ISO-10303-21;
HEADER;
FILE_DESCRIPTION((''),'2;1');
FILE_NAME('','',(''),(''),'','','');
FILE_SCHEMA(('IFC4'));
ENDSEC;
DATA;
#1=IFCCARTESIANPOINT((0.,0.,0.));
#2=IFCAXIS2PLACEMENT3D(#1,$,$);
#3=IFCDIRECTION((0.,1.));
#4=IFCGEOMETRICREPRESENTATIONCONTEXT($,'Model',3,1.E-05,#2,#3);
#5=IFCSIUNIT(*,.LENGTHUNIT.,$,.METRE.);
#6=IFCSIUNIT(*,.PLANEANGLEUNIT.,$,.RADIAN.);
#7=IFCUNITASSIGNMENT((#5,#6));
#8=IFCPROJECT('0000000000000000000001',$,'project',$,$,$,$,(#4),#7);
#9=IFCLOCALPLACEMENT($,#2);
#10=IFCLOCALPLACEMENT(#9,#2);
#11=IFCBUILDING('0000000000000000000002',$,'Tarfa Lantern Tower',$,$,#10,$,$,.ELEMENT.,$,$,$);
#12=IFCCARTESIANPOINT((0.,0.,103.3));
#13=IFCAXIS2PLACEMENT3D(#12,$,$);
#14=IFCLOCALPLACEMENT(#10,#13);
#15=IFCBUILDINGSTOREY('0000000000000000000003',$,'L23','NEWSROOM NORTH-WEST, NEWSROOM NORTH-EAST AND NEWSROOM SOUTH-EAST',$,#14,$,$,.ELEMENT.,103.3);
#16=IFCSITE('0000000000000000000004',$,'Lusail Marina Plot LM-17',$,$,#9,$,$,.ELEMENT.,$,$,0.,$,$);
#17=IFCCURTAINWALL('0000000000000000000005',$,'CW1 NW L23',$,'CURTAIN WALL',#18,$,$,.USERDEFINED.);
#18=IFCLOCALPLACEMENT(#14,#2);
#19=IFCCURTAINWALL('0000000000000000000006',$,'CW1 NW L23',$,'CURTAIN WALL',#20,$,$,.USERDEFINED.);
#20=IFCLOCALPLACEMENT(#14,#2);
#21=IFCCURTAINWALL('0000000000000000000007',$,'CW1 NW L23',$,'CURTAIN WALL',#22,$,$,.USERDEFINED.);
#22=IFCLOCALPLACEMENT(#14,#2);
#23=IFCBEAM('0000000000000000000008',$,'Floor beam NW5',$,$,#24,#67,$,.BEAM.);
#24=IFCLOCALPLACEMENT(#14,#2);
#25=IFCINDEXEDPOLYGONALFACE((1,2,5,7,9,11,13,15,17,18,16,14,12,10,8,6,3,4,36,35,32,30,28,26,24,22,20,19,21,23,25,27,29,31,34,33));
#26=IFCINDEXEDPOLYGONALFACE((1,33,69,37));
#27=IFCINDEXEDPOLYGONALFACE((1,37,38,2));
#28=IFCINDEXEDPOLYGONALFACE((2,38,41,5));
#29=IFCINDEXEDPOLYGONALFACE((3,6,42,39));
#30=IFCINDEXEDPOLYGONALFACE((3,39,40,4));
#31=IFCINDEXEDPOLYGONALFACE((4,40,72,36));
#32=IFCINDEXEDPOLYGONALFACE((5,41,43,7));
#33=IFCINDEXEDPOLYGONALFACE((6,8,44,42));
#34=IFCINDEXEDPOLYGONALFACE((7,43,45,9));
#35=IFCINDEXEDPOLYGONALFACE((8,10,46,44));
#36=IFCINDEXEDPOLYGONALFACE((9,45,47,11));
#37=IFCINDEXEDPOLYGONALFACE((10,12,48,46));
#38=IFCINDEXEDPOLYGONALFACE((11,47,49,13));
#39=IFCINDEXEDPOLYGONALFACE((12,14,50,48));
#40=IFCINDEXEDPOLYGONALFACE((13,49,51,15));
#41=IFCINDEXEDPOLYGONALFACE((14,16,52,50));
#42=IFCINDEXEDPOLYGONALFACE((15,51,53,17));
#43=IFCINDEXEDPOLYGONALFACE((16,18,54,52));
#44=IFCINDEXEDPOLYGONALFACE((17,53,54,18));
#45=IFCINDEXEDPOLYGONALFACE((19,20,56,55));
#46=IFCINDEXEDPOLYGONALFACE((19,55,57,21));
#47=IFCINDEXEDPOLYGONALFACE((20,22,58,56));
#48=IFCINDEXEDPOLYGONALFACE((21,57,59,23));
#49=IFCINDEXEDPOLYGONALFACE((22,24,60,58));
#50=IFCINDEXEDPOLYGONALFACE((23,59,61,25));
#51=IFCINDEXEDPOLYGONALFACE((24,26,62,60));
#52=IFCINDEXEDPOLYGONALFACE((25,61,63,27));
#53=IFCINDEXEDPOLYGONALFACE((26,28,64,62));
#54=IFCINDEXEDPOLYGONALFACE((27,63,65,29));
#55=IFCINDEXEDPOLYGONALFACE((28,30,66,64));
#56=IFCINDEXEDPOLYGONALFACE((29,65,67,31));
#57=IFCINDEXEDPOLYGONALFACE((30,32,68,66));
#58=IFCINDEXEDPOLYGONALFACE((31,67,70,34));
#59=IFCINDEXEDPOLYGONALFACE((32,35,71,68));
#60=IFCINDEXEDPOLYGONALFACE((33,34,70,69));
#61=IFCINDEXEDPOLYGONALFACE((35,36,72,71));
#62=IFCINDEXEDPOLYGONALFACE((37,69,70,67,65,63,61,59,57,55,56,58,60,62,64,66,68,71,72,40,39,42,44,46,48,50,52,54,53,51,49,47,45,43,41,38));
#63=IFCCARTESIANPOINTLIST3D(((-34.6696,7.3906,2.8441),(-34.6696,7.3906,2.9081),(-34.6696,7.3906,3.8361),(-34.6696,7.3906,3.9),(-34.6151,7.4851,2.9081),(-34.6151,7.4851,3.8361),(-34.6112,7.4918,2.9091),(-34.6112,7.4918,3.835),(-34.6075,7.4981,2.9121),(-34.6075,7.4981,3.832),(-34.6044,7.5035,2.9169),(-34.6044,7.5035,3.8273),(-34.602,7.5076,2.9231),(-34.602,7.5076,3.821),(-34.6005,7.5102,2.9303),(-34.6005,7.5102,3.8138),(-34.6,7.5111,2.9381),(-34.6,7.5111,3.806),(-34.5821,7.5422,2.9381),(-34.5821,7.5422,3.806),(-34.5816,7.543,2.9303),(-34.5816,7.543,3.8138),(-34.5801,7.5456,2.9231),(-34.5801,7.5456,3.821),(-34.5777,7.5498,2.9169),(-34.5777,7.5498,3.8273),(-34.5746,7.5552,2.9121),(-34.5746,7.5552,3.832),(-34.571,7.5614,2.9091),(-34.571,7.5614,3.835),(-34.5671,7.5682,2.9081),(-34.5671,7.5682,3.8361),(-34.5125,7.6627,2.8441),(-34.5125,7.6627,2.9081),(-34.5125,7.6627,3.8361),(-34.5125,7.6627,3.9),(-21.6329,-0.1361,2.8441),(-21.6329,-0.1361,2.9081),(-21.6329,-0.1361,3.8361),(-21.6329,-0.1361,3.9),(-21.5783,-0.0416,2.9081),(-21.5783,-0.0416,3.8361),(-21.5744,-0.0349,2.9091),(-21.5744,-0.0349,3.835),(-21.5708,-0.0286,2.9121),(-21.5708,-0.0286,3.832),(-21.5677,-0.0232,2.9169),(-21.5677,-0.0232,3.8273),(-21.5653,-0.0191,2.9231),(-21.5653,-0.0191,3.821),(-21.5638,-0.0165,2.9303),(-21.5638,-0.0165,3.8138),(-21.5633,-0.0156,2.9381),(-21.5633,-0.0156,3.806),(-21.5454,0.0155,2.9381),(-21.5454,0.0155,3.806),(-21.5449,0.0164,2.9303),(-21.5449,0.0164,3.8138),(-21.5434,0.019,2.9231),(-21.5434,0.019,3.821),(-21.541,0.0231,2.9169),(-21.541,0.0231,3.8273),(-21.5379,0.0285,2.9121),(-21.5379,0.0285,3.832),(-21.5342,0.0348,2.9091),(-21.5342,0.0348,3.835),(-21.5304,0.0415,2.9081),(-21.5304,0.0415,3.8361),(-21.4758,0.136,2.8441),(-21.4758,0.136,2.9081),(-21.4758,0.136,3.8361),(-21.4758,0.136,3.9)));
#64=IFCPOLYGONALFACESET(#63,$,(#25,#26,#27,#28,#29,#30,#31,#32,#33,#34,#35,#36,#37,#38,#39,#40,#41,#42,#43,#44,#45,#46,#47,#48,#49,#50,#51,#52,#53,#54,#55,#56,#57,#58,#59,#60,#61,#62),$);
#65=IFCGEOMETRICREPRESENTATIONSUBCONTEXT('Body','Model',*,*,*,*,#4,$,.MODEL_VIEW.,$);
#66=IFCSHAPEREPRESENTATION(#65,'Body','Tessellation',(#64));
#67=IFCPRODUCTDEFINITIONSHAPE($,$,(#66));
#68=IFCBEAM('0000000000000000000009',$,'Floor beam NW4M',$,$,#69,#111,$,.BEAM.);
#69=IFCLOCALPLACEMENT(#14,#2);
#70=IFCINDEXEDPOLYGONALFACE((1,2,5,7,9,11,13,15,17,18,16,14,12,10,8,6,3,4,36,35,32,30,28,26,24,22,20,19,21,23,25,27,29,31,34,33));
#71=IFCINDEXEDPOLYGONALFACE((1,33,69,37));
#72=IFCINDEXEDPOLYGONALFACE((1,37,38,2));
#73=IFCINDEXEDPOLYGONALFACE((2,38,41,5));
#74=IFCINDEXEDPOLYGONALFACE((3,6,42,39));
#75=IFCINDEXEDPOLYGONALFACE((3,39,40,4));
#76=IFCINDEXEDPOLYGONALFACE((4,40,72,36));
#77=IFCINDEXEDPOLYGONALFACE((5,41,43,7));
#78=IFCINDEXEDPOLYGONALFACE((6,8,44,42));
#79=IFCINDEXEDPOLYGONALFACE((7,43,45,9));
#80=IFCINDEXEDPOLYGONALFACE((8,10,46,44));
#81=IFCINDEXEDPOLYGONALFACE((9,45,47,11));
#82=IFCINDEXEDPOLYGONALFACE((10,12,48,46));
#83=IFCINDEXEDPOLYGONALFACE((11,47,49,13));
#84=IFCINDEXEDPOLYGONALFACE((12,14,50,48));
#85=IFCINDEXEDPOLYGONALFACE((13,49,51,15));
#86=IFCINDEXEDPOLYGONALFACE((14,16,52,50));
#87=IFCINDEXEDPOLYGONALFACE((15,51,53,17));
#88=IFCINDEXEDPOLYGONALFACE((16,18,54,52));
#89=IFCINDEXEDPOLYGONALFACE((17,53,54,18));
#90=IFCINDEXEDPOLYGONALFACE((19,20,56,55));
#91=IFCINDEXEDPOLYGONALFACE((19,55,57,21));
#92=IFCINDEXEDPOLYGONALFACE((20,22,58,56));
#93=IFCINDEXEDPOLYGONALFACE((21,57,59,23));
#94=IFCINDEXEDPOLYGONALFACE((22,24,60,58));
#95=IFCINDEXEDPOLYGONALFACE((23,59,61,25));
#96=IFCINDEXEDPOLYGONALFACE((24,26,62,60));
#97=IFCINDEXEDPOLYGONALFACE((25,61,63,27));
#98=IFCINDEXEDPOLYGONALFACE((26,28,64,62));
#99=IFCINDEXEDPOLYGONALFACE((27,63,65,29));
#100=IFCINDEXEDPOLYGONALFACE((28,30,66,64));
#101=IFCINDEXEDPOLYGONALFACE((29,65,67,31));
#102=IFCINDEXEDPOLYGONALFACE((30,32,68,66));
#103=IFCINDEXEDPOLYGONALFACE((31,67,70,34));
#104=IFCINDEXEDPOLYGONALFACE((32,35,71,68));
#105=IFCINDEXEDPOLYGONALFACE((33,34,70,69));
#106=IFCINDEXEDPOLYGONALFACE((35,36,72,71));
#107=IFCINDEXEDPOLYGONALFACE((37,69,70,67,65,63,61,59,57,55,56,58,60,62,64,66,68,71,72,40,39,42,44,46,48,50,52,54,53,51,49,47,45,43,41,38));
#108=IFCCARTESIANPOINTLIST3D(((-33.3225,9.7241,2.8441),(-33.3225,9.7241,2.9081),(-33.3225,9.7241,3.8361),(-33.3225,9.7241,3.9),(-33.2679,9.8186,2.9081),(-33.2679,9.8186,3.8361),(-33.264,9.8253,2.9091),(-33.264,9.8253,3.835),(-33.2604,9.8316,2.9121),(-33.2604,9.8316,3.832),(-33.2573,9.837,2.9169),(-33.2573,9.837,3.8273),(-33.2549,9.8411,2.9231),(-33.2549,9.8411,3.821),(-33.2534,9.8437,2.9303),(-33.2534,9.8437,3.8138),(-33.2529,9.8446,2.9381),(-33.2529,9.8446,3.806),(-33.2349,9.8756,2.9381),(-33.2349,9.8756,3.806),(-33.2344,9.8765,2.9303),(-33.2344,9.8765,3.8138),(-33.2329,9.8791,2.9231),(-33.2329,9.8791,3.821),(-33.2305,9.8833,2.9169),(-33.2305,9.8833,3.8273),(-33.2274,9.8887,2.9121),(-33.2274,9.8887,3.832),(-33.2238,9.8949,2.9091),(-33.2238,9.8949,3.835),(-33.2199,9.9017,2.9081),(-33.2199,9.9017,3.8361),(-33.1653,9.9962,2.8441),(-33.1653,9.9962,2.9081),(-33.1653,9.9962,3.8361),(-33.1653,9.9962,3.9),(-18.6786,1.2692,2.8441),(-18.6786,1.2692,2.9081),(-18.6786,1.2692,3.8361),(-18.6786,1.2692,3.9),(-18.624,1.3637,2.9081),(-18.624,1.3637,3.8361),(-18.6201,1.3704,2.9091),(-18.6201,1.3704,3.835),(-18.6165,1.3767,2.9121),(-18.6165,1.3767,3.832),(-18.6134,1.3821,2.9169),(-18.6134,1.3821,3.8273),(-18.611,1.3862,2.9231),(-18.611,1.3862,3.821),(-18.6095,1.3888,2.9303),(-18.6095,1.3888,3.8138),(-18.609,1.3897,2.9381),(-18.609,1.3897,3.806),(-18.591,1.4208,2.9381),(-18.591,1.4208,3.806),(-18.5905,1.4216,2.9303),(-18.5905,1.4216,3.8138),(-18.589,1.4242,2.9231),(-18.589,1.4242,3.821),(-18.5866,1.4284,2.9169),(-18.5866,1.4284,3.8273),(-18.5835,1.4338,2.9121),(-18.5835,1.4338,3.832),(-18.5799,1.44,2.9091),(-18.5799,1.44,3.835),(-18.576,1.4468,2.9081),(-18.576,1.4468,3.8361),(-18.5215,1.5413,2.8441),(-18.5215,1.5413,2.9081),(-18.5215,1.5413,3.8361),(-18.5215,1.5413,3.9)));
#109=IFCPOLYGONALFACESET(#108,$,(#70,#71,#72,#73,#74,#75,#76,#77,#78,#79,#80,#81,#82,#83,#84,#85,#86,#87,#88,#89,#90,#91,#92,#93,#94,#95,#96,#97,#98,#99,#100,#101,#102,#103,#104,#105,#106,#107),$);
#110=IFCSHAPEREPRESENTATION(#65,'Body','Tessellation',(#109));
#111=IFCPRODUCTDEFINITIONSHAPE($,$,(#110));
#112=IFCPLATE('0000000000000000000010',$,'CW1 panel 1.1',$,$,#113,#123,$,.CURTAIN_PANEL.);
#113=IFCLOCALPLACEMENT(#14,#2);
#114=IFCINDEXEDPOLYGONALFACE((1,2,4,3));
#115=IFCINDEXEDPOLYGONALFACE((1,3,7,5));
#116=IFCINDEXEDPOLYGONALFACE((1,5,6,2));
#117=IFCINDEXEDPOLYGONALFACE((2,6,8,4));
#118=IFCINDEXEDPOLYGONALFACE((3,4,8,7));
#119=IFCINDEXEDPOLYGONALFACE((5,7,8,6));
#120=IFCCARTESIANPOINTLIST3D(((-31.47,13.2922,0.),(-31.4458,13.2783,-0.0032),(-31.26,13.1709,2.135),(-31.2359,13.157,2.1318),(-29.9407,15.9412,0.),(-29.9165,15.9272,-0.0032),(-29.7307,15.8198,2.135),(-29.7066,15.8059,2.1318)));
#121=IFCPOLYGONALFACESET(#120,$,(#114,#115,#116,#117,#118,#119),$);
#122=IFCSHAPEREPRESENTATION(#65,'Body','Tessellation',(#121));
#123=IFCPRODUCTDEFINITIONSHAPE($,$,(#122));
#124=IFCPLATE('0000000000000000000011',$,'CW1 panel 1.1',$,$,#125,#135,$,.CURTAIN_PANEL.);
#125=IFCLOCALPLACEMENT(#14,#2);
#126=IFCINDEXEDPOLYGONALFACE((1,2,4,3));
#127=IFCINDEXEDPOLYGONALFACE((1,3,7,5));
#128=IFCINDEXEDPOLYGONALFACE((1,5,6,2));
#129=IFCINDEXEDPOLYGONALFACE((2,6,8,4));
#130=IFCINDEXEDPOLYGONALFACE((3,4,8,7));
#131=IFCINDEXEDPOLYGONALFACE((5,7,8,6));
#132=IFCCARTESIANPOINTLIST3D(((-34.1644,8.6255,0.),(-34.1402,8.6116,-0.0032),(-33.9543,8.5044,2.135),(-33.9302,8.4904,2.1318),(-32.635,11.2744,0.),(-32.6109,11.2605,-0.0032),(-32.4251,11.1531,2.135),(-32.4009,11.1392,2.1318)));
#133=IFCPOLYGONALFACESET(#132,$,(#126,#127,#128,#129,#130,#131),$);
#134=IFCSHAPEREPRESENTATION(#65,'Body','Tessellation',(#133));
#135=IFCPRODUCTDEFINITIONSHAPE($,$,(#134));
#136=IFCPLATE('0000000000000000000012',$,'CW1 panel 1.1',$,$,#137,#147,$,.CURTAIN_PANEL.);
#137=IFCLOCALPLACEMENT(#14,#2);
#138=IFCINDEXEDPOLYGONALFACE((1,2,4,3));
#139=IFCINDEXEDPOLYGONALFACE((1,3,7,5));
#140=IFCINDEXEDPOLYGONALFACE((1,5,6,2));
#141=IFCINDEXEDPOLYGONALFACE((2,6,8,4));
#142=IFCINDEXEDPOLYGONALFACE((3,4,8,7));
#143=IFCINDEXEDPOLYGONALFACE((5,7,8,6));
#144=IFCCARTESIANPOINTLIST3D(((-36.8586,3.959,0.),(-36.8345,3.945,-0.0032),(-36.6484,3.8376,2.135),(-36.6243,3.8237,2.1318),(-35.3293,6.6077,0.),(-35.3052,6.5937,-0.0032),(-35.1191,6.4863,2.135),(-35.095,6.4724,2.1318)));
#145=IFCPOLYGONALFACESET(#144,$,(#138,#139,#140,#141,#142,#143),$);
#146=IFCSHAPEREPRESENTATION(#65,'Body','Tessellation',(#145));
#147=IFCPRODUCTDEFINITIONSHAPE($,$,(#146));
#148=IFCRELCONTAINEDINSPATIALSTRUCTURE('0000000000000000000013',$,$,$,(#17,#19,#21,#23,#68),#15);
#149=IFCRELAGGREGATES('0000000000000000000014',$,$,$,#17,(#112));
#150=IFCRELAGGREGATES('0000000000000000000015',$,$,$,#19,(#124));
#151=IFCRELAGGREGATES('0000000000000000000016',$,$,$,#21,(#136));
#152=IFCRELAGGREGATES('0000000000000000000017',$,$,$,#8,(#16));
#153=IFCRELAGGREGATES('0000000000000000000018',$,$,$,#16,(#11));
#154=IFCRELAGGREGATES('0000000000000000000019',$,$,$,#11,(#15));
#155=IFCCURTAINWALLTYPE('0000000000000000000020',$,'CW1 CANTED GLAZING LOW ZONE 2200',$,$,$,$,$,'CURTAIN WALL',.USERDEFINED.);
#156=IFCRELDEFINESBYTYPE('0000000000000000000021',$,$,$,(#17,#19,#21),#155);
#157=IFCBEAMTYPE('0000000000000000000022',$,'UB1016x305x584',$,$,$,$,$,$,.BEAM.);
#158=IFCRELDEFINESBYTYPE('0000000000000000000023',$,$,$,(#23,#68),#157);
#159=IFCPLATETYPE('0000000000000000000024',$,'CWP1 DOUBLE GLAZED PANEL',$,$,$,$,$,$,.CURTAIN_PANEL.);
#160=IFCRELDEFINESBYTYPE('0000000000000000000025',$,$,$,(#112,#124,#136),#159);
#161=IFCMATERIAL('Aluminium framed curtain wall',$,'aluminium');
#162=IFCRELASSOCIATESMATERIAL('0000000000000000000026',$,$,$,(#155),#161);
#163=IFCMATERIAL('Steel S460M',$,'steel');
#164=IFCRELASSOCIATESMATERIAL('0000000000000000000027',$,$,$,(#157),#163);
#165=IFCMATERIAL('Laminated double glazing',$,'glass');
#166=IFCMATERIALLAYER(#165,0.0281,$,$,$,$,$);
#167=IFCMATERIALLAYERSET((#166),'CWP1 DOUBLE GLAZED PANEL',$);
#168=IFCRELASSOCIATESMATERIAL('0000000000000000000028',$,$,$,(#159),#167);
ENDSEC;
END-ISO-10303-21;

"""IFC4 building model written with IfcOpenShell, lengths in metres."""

from ifc_helpers import new_model, si_unit, direction, frame, origin, origin_2d, place, context, subcontext, project, spatial, polyline, i_section, outline, extrude, material, layer, layer_set, material_profile, profile_set, type_object, element, aggregate, save


model = new_model("IFC4")

# Units and contexts
model_context = context("Model", 3, precision=1e-05, world=origin(), true_north=direction((0.0, 1.0)))
body_context = subcontext(model_context, "Body", "Model", "MODEL_VIEW")
ifc_project = project(units=[si_unit("LENGTHUNIT", "METRE"), si_unit("PLANEANGLEUNIT", "RADIAN")], contexts=[model_context])

# Site, building, storey
site_placement = place(None, origin())
site = spatial("IfcSite", under=ifc_project, at=site_placement, Name="Lusail Marina Plot LM-17", CompositionType="ELEMENT", RefElevation=0.0)
building_placement = place(site_placement, origin())
building = spatial("IfcBuilding", under=site, at=building_placement, Name="Tarfa Lantern Tower", CompositionType="ELEMENT")
storey_placement = place(building_placement, frame((0.0, 0.0, 103.3)))
storey = spatial("IfcBuildingStorey", under=building, at=storey_placement, Name="L23", Description="NEWSROOM NORTH-WEST, NEWSROOM NORTH-EAST AND NEWSROOM SOUTH-EAST", CompositionType="ELEMENT", Elevation=103.3)

# Curtain wall
ifc_material_1 = material(Name="Aluminium framed curtain wall", Category="aluminium")
curtain_wall_type = type_object("IfcCurtainWallType", Name="CW1 CANTED GLAZING LOW ZONE 2200", ElementType="CURTAIN WALL", PredefinedType="USERDEFINED", material=ifc_material_1)
curtain_wall_1_placement = place(storey_placement, origin())
curtain_wall_1 = element("IfcCurtainWall", 1, at=curtain_wall_1_placement, inside=storey, type_object=curtain_wall_type, Name="CW1 NW L23", ObjectType="CURTAIN WALL", PredefinedType="USERDEFINED")

# Curtain walls
curtain_wall_2_placement = place(storey_placement, origin())
curtain_wall_2 = element("IfcCurtainWall", 2, at=curtain_wall_2_placement, inside=storey, type_object=curtain_wall_type, Name="CW1 NW L23", ObjectType="CURTAIN WALL", PredefinedType="USERDEFINED")
curtain_wall_3_placement = place(storey_placement, origin())
curtain_wall_3 = element("IfcCurtainWall", 3, at=curtain_wall_3_placement, inside=storey, type_object=curtain_wall_type, Name="CW1 NW L23", ObjectType="CURTAIN WALL", PredefinedType="USERDEFINED")

# Beams
ifc_material_2 = material(Name="Steel S460M", Category="steel")
ifc_material_profile_1 = material_profile(ifc_material_2, i_section(OverallWidth=0.3142, OverallDepth=1.0559, WebThickness=0.0359, FlangeThickness=0.064, FilletRadius=0.03, at=origin_2d()), Name="UB1016x305x584")
ifc_profile_set_1 = profile_set([ifc_material_profile_1], Name="Steel S460M")
beam_type_1 = type_object("IfcBeamType", Name="UB1016x305x584", PredefinedType="BEAM", material=ifc_profile_set_1)
beam_1_placement = place(storey_placement, frame((-34.5911, 7.5266, 3.3721), z_axis=(0.866028, -0.499996, 0.0), x_axis=(0.499996, 0.866028, 0.0)))
element("IfcBeam", 4, at=beam_1_placement, inside=storey, type_object=beam_type_1, Name="Floor beam NW5", PredefinedType="BEAM", context=body_context, shape_type="SweptSolid", body=[
    extrude(i_section(OverallWidth=0.3142, OverallDepth=1.0559, WebThickness=0.0359, FlangeThickness=0.064, FilletRadius=0.03, at=origin_2d()), origin(), (0.0, 0.0, 1.0), 15.0535),
])
beam_2_placement = place(storey_placement, frame((-33.2439, 9.8601, 3.3721), z_axis=(0.866019, -0.50001, 0.0), x_axis=(0.50001, 0.866019, 0.0)))
element("IfcBeam", 5, at=beam_2_placement, inside=storey, type_object=beam_type_1, Name="Floor beam NW4M", PredefinedType="BEAM", context=body_context, shape_type="SweptSolid", body=[
    extrude(i_section(OverallWidth=0.3142, OverallDepth=1.0559, WebThickness=0.0359, FlangeThickness=0.064, FilletRadius=0.03, at=origin_2d()), origin(), (0.0, 0.0, 1.0), 16.9094),
])

# Plates
ifc_material_3 = material(Name="Laminated double glazing", Category="glass")
ifc_layer = layer(ifc_material_3, 0.0281)
ifc_layer_set = layer_set([ifc_layer], Name="CWP1 DOUBLE GLAZED PANEL")
plate_type = type_object("IfcPlateType", Name="CWP1 DOUBLE GLAZED PANEL", PredefinedType="CURTAIN_PANEL", material=ifc_layer_set)
plate_1_placement = place(storey_placement, frame((-29.9407, 15.9412, 0.0), z_axis=(-0.860501, 0.496791, 0.112857), x_axis=(-0.499985, -0.866034, 0.0)))
plate_1 = element("IfcPlate", 6, at=plate_1_placement, type_object=plate_type, Name="CW1 panel 1.1", PredefinedType="CURTAIN_PANEL", context=body_context, shape_type="SweptSolid", body=[
    extrude(outline(polyline([(0.0, 0.0), (3.0587, 0.0), (3.0588, 2.1487), (0.0001, 2.1487), (0.0, 0.0)])), origin(), (0.0, 0.0, -1.0), 0.0281),
])
aggregate(curtain_wall_1, [plate_1])
plate_2_placement = place(storey_placement, frame((-32.635, 11.2744, 0.0), z_axis=(-0.860494, 0.496809, 0.112829), x_axis=(-0.500002, -0.866024, 0.000002)))
plate_2 = element("IfcPlate", 7, at=plate_2_placement, type_object=plate_type, Name="CW1 panel 1.1", PredefinedType="CURTAIN_PANEL", context=body_context, shape_type="SweptSolid", body=[
    extrude(outline(polyline([(0.0, 0.0), (3.0587, 0.0), (3.0586, 2.1487), (0.0001, 2.1487), (0.0, 0.0)])), origin(), (0.0, 0.0, -1.0), 0.0281),
])
aggregate(curtain_wall_2, [plate_2])
plate_3_placement = place(storey_placement, frame((-35.3293, 6.6077, 0.0), z_axis=(-0.860472, 0.49682, 0.112954), x_axis=(-0.50002, -0.866014, 0.0)))
plate_3 = element("IfcPlate", 8, at=plate_3_placement, type_object=plate_type, Name="CW1 panel 1.1", PredefinedType="CURTAIN_PANEL", context=body_context, shape_type="SweptSolid", body=[
    extrude(outline(polyline([(0.0, 0.0), (3.0585, 0.0), (3.0584, 2.1488), (0.0, 2.1488), (0.0, 0.0)])), origin(), (0.0, 0.0, -1.0), 0.0281),
])
aggregate(curtain_wall_3, [plate_3])

save(model, "model.ifc")
